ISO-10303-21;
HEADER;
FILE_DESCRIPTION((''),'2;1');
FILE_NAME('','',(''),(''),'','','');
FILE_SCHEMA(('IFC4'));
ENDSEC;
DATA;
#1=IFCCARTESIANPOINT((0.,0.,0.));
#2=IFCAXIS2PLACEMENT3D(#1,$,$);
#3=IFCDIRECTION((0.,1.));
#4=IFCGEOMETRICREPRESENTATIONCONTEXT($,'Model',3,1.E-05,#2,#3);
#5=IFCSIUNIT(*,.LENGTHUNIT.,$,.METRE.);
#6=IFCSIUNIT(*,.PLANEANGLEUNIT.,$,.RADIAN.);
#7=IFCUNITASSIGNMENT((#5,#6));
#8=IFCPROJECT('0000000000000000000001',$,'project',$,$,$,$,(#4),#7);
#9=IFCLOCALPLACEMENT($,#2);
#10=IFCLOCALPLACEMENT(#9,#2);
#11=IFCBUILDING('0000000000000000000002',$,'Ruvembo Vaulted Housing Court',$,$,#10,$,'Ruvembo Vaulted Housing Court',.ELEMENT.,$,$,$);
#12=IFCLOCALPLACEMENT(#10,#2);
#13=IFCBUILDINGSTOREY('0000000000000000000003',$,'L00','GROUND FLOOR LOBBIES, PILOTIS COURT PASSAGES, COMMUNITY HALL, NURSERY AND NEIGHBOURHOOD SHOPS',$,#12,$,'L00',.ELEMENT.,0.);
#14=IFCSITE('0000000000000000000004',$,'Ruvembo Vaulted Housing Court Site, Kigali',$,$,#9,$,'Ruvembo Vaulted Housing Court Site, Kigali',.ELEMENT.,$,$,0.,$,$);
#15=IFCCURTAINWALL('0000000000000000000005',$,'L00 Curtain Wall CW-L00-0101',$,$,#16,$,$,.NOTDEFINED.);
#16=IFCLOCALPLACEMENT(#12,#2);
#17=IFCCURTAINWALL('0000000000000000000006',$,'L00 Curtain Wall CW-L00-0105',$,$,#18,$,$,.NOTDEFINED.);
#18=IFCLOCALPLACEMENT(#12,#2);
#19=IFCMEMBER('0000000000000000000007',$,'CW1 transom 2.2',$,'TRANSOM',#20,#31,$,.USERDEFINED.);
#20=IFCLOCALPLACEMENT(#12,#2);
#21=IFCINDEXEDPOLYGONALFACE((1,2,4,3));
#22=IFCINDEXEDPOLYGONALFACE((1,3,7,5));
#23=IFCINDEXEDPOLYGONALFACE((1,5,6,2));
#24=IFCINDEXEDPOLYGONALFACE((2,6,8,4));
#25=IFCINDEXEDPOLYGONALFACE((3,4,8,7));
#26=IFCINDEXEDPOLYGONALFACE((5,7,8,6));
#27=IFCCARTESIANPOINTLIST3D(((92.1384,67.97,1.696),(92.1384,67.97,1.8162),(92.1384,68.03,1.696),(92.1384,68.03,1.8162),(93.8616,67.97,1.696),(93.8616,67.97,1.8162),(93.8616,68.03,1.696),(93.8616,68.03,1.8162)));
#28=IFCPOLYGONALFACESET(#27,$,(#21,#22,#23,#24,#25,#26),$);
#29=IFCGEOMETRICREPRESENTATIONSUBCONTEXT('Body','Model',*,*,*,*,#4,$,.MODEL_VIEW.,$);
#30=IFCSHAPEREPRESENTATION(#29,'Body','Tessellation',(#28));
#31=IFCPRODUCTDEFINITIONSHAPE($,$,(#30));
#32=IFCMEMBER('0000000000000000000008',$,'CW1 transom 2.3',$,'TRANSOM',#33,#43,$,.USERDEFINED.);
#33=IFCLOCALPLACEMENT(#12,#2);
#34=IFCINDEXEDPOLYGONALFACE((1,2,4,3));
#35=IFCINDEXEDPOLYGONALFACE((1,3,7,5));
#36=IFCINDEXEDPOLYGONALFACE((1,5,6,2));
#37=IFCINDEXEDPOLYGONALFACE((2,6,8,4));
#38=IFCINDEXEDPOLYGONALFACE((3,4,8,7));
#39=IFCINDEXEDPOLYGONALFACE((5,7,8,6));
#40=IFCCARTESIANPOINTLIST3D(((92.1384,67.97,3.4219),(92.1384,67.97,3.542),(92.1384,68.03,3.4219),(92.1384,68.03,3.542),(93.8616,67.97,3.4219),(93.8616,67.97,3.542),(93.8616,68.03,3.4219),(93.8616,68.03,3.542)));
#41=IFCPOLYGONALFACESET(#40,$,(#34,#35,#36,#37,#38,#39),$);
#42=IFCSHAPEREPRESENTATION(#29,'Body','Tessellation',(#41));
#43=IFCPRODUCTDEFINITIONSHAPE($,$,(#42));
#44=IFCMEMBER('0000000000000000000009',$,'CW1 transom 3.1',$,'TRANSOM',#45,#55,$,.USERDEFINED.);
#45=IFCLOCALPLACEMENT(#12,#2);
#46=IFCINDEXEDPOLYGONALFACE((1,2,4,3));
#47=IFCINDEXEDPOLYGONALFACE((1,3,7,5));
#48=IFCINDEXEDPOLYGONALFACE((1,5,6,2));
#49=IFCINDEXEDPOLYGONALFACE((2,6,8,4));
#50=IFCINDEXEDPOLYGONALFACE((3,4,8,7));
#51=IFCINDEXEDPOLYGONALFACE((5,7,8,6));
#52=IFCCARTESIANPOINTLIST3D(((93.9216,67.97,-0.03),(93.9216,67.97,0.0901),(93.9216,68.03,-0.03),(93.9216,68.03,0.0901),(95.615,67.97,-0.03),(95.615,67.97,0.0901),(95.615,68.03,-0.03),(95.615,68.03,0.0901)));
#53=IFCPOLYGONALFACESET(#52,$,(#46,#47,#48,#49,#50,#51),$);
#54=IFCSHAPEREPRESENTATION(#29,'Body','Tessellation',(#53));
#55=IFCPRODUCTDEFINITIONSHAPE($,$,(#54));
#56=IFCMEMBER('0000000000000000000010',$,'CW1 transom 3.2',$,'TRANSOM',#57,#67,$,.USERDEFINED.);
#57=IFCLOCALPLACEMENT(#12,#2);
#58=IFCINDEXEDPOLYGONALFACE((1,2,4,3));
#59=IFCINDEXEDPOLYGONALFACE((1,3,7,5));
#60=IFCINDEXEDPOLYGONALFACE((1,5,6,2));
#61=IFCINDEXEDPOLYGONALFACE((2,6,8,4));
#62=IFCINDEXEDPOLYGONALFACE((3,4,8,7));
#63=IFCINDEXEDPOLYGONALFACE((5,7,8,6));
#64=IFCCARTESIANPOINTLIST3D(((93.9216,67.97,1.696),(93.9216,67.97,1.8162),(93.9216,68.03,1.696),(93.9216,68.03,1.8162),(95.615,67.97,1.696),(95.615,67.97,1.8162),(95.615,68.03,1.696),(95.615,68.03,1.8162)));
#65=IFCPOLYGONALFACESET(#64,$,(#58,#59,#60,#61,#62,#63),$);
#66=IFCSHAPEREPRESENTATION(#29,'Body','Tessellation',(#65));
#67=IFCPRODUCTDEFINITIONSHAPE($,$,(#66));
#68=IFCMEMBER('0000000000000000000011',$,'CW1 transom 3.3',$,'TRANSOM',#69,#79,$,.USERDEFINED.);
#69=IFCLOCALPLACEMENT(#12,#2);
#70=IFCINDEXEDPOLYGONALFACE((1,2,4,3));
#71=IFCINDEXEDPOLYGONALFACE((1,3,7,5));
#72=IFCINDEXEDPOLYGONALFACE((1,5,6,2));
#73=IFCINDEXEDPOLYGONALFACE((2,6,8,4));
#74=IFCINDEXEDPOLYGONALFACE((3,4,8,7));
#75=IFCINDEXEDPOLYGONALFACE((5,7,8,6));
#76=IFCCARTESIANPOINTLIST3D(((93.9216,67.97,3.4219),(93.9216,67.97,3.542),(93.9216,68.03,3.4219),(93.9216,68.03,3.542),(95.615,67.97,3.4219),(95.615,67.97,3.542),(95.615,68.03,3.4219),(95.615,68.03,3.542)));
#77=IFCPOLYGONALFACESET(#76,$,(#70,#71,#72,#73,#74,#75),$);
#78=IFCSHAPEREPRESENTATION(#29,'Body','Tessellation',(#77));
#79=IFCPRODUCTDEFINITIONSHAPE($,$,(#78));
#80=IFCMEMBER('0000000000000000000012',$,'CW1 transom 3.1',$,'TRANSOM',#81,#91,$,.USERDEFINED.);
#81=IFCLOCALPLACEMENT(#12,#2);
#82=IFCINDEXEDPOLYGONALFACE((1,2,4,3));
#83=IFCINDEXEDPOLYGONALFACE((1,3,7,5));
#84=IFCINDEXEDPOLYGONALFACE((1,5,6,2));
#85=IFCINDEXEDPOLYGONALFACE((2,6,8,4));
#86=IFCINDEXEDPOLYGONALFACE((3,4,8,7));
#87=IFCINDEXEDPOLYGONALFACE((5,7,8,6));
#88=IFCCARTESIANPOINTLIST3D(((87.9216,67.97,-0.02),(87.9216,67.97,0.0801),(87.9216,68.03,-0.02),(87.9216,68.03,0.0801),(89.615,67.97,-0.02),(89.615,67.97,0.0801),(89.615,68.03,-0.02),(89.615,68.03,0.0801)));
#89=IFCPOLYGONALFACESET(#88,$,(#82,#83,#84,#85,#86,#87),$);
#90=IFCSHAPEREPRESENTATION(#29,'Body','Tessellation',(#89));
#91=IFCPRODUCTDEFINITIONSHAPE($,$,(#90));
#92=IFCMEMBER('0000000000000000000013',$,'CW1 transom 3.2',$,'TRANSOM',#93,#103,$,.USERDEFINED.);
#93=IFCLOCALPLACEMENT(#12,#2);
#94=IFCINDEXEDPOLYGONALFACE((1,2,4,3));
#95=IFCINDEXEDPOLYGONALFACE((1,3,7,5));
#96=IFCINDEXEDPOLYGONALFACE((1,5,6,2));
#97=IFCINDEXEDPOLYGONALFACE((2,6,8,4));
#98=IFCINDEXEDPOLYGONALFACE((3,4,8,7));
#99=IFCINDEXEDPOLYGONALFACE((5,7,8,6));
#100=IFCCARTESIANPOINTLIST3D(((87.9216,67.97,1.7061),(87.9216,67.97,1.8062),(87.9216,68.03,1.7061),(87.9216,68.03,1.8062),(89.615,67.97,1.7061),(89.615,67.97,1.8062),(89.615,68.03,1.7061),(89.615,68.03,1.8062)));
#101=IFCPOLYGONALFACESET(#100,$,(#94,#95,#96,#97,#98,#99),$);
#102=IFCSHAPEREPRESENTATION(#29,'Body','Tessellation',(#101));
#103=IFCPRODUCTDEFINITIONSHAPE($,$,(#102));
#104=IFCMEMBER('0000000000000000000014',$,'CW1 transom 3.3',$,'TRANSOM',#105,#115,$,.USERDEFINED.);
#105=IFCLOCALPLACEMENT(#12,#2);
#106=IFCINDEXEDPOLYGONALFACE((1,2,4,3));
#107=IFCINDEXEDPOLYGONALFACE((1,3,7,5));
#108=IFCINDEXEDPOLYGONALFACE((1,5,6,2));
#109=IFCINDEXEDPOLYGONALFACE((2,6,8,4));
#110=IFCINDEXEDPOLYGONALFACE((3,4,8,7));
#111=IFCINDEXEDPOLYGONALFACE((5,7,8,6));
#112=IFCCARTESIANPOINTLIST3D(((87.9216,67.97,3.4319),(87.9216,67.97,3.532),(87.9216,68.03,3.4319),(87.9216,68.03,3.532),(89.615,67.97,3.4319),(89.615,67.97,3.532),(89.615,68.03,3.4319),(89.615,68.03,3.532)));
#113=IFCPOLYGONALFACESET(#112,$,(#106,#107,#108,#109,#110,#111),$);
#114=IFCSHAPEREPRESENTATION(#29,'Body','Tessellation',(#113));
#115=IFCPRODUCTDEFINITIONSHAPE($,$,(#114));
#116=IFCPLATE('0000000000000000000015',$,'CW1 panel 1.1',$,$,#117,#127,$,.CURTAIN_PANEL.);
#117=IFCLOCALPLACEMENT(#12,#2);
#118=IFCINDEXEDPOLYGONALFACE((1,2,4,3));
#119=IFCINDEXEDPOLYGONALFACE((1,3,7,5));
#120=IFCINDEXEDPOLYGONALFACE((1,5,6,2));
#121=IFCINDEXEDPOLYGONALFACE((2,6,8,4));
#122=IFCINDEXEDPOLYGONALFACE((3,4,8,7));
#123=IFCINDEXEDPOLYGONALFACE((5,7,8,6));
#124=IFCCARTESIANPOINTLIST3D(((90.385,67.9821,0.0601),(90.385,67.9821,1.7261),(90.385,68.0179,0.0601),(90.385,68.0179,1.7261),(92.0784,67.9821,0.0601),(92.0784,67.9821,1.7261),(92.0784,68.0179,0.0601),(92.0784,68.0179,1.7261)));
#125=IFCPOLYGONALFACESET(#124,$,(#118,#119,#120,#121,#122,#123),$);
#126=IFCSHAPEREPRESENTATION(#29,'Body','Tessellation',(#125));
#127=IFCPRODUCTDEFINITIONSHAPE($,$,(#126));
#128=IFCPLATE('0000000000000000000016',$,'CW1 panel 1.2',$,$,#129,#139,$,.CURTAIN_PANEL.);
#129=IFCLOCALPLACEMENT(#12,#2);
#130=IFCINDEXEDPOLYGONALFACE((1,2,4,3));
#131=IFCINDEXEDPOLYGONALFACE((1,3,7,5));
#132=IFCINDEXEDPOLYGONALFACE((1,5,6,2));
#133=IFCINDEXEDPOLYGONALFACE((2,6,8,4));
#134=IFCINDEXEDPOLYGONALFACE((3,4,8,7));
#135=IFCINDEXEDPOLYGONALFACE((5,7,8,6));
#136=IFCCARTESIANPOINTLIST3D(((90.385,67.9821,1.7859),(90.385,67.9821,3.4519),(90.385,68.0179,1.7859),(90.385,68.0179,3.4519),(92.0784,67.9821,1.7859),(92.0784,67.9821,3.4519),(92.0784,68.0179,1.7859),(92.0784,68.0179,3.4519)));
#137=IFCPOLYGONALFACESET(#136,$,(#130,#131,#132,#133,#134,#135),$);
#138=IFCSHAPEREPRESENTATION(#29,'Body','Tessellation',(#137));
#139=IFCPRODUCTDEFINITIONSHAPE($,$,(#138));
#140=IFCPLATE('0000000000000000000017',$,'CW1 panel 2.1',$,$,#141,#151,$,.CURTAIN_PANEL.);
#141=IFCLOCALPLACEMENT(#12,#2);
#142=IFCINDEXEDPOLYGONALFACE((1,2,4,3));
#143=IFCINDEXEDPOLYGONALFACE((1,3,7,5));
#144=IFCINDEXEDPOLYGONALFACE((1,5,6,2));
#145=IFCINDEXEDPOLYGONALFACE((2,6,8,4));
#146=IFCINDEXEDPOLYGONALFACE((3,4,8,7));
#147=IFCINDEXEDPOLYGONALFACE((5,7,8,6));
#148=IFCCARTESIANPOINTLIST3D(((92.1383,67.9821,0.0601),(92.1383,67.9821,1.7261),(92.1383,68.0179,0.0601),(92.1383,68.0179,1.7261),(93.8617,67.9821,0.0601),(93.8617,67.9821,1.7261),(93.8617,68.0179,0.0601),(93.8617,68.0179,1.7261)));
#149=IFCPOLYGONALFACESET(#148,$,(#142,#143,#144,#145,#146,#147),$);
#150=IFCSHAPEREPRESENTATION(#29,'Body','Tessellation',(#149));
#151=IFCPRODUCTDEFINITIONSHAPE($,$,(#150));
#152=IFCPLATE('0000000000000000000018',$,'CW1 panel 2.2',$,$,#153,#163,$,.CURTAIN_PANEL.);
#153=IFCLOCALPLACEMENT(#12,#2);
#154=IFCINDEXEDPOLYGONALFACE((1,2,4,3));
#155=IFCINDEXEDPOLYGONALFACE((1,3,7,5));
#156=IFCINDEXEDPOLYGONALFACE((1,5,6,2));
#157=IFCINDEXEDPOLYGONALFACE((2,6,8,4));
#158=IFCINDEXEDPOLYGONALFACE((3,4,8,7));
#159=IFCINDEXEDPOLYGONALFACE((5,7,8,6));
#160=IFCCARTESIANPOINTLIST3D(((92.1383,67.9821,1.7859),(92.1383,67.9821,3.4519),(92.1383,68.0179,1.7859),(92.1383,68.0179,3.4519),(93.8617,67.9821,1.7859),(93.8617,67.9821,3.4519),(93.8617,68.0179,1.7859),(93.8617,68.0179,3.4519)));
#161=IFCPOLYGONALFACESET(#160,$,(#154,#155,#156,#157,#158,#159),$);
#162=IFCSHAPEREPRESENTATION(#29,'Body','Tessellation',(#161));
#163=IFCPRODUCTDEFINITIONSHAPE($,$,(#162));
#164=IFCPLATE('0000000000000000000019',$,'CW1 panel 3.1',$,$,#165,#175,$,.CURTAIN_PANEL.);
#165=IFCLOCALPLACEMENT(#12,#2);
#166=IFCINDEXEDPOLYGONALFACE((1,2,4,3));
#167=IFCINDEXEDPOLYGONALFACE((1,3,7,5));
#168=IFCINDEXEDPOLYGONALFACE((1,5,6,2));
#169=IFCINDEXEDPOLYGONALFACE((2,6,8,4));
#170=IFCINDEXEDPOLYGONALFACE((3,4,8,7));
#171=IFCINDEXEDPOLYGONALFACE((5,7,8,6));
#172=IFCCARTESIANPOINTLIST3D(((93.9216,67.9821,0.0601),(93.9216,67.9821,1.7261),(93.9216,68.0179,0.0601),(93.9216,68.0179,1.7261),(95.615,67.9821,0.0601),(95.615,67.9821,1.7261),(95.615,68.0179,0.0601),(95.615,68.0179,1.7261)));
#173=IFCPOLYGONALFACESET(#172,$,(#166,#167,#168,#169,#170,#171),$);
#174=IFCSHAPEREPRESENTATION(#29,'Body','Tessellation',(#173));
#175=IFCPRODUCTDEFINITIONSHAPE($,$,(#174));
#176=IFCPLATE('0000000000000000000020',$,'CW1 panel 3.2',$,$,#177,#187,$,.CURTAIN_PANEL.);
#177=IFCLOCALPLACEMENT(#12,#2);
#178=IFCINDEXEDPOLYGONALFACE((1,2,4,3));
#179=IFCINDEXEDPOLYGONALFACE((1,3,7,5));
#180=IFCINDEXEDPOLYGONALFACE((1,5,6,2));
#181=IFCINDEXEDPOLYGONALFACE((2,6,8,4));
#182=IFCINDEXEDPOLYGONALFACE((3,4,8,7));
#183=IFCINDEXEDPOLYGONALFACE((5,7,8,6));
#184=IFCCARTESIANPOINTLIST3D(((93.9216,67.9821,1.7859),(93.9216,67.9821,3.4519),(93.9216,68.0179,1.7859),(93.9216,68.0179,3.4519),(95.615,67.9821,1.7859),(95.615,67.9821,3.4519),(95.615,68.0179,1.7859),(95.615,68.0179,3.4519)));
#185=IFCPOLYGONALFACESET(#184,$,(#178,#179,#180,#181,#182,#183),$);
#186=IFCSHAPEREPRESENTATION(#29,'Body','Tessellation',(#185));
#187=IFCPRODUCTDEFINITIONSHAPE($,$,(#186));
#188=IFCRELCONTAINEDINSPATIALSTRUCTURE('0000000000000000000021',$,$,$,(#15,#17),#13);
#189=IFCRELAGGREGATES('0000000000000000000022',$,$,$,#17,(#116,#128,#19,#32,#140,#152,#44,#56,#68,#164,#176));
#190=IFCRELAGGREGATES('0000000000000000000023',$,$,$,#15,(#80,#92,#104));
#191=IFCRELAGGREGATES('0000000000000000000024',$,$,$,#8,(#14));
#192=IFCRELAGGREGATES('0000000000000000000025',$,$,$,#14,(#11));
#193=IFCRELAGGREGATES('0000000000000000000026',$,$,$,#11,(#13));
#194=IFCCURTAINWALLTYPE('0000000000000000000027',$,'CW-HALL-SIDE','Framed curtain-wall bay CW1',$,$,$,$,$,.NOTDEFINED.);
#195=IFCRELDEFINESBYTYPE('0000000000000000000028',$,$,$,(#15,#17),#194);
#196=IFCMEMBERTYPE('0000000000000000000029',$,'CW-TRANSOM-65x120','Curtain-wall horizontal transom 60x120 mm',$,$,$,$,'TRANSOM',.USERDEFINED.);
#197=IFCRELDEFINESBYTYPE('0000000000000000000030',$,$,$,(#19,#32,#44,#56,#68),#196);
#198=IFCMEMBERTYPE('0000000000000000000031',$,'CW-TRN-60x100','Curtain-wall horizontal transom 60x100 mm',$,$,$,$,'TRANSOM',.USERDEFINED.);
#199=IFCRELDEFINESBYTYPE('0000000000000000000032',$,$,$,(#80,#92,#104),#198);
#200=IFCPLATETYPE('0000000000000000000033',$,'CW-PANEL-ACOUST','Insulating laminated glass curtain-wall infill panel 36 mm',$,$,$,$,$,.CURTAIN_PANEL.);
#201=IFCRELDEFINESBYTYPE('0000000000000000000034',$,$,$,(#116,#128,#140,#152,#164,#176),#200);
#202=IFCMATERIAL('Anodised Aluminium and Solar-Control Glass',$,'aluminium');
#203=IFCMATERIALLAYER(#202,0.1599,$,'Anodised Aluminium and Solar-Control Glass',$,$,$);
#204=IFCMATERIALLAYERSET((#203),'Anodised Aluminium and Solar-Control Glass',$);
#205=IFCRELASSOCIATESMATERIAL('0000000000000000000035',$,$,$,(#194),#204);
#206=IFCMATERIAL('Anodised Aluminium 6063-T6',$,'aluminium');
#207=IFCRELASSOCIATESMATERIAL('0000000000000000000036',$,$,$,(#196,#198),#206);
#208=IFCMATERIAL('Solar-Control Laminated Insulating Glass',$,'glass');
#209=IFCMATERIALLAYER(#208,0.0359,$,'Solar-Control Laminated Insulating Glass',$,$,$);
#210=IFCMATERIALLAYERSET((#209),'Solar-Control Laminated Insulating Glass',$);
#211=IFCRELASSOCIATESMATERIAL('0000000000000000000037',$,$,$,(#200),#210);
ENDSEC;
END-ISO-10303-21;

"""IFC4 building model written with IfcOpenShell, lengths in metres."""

from ifc_helpers import new_model, si_unit, direction, frame, origin, origin_2d, place, context, subcontext, project, spatial, rectangle, extrude, material, layer, layer_set, material_profile, profile_set, type_object, element, aggregate, save


model = new_model("IFC4")

# Units and contexts
model_context = context("Model", 3, precision=1e-05, world=origin(), true_north=direction((0.0, 1.0)))
body_context = subcontext(model_context, "Body", "Model", "MODEL_VIEW")
ifc_project = project(units=[si_unit("LENGTHUNIT", "METRE"), si_unit("PLANEANGLEUNIT", "RADIAN")], contexts=[model_context])

# Site, building, storey
site_placement = place(None, origin())
site = spatial("IfcSite", under=ifc_project, at=site_placement, Name="Ruvembo Vaulted Housing Court Site, Kigali", LongName="Ruvembo Vaulted Housing Court Site, Kigali", CompositionType="ELEMENT", RefElevation=0.0)
building_placement = place(site_placement, origin())
building = spatial("IfcBuilding", under=site, at=building_placement, Name="Ruvembo Vaulted Housing Court", LongName="Ruvembo Vaulted Housing Court", CompositionType="ELEMENT")
storey_placement = place(building_placement, origin())
storey = spatial("IfcBuildingStorey", under=building, at=storey_placement, Name="L00", Description="GROUND FLOOR LOBBIES, PILOTIS COURT PASSAGES, COMMUNITY HALL, NURSERY AND NEIGHBOURHOOD SHOPS", LongName="L00", CompositionType="ELEMENT", Elevation=0.0)

# Curtain walls, members
ifc_material_1 = material(Name="Anodised Aluminium and Solar-Control Glass", Category="aluminium")
ifc_layer_1 = layer(ifc_material_1, 0.1599, Name="Anodised Aluminium and Solar-Control Glass")
ifc_layer_set_1 = layer_set([ifc_layer_1], Name="Anodised Aluminium and Solar-Control Glass")
curtain_wall_type = type_object("IfcCurtainWallType", Name="CW-HALL-SIDE", Description="Framed curtain-wall bay CW1", PredefinedType="NOTDEFINED", material=ifc_layer_set_1)
curtain_wall_1_placement = place(storey_placement, origin())
curtain_wall_1 = element("IfcCurtainWall", 1, at=curtain_wall_1_placement, inside=storey, type_object=curtain_wall_type, Name="L00 Curtain Wall CW-L00-0101", PredefinedType="NOTDEFINED")
ifc_material_2 = material(Name="Anodised Aluminium 6063-T6", Category="aluminium")
curtain_wall_2_placement = place(storey_placement, origin())
curtain_wall_2 = element("IfcCurtainWall", 2, at=curtain_wall_2_placement, inside=storey, type_object=curtain_wall_type, Name="L00 Curtain Wall CW-L00-0105", PredefinedType="NOTDEFINED")
ifc_material_profile_1 = material_profile(ifc_material_2, rectangle(XDim=0.0601, YDim=0.1201, at=origin_2d()), Name="ALU 60x120")
ifc_profile_set_1 = profile_set([ifc_material_profile_1], Name="Anodised Aluminium 6063-T6")
member_type_1 = type_object("IfcMemberType", Name="CW-TRANSOM-65x120", Description="Curtain-wall horizontal transom 60x120 mm", ElementType="TRANSOM", PredefinedType="USERDEFINED", material=ifc_profile_set_1)
member_1_placement = place(storey_placement, frame((92.1384, 68.0, 1.7561), z_axis=(1.0, 0.0, 0.0), x_axis=(0.0, 1.0, 0.0)))
member_1 = element("IfcMember", 3, at=member_1_placement, type_object=member_type_1, Name="CW1 transom 2.2", ObjectType="TRANSOM", PredefinedType="USERDEFINED", context=body_context, shape_type="SweptSolid", body=[
    extrude(rectangle(XDim=0.0601, YDim=0.1201, at=origin_2d()), origin(), (0.0, 0.0, 1.0), 1.7231),
])
member_2_placement = place(storey_placement, frame((92.1384, 68.0, 3.4819), z_axis=(1.0, 0.0, 0.0), x_axis=(0.0, 1.0, 0.0)))
member_2 = element("IfcMember", 4, at=member_2_placement, type_object=member_type_1, Name="CW1 transom 2.3", ObjectType="TRANSOM", PredefinedType="USERDEFINED", context=body_context, shape_type="SweptSolid", body=[
    extrude(rectangle(XDim=0.0601, YDim=0.1201, at=origin_2d()), origin(), (0.0, 0.0, 1.0), 1.7231),
])
member_3_placement = place(storey_placement, frame((93.9216, 68.0, 0.03), z_axis=(1.0, 0.0, 0.0), x_axis=(0.0, 1.0, 0.0)))
member_3 = element("IfcMember", 5, at=member_3_placement, type_object=member_type_1, Name="CW1 transom 3.1", ObjectType="TRANSOM", PredefinedType="USERDEFINED", context=body_context, shape_type="SweptSolid", body=[
    extrude(rectangle(XDim=0.0601, YDim=0.1201, at=origin_2d()), origin(), (0.0, 0.0, 1.0), 1.6934),
])
member_4_placement = place(storey_placement, frame((93.9216, 68.0, 1.7561), z_axis=(1.0, 0.0, 0.0), x_axis=(0.0, 1.0, 0.0)))
member_4 = element("IfcMember", 6, at=member_4_placement, type_object=member_type_1, Name="CW1 transom 3.2", ObjectType="TRANSOM", PredefinedType="USERDEFINED", context=body_context, shape_type="SweptSolid", body=[
    extrude(rectangle(XDim=0.0601, YDim=0.1201, at=origin_2d()), origin(), (0.0, 0.0, 1.0), 1.6934),
])
member_5_placement = place(storey_placement, frame((93.9216, 68.0, 3.4819), z_axis=(1.0, 0.0, 0.0), x_axis=(0.0, 1.0, 0.0)))
member_5 = element("IfcMember", 7, at=member_5_placement, type_object=member_type_1, Name="CW1 transom 3.3", ObjectType="TRANSOM", PredefinedType="USERDEFINED", context=body_context, shape_type="SweptSolid", body=[
    extrude(rectangle(XDim=0.0601, YDim=0.1201, at=origin_2d()), origin(), (0.0, 0.0, 1.0), 1.6934),
])

# Members
ifc_material_profile_2 = material_profile(ifc_material_2, rectangle(XDim=0.0601, YDim=0.1001, at=origin_2d()), Name="ALU 60x100")
ifc_profile_set_2 = profile_set([ifc_material_profile_2], Name="Anodised Aluminium 6063-T6")
member_type_2 = type_object("IfcMemberType", Name="CW-TRN-60x100", Description="Curtain-wall horizontal transom 60x100 mm", ElementType="TRANSOM", PredefinedType="USERDEFINED", material=ifc_profile_set_2)
member_6_placement = place(storey_placement, frame((87.9216, 68.0, 0.03), z_axis=(1.0, 0.0, 0.0), x_axis=(0.0, 1.0, 0.0)))
member_6 = element("IfcMember", 8, at=member_6_placement, type_object=member_type_2, Name="CW1 transom 3.1", ObjectType="TRANSOM", PredefinedType="USERDEFINED", context=body_context, shape_type="SweptSolid", body=[
    extrude(rectangle(XDim=0.0601, YDim=0.1001, at=origin_2d()), origin(), (0.0, 0.0, 1.0), 1.6934),
])
member_7_placement = place(storey_placement, frame((87.9216, 68.0, 1.7561), z_axis=(1.0, 0.0, 0.0), x_axis=(0.0, 1.0, 0.0)))
member_7 = element("IfcMember", 9, at=member_7_placement, type_object=member_type_2, Name="CW1 transom 3.2", ObjectType="TRANSOM", PredefinedType="USERDEFINED", context=body_context, shape_type="SweptSolid", body=[
    extrude(rectangle(XDim=0.0601, YDim=0.1001, at=origin_2d()), origin(), (0.0, 0.0, 1.0), 1.6934),
])
member_8_placement = place(storey_placement, frame((87.9216, 68.0, 3.4819), z_axis=(1.0, 0.0, 0.0), x_axis=(0.0, 1.0, 0.0)))
member_8 = element("IfcMember", 10, at=member_8_placement, type_object=member_type_2, Name="CW1 transom 3.3", ObjectType="TRANSOM", PredefinedType="USERDEFINED", context=body_context, shape_type="SweptSolid", body=[
    extrude(rectangle(XDim=0.0601, YDim=0.1001, at=origin_2d()), origin(), (0.0, 0.0, 1.0), 1.6934),
])

# Plates
ifc_material_3 = material(Name="Solar-Control Laminated Insulating Glass", Category="glass")
ifc_layer_2 = layer(ifc_material_3, 0.0359, Name="Solar-Control Laminated Insulating Glass")
ifc_layer_set_2 = layer_set([ifc_layer_2], Name="Solar-Control Laminated Insulating Glass")
plate_type_1 = type_object("IfcPlateType", Name="CW-PANEL-ACOUST", Description="Insulating laminated glass curtain-wall infill panel 36 mm", PredefinedType="CURTAIN_PANEL", material=ifc_layer_set_2)
plate_1_placement = place(storey_placement, frame((91.2317, 68.0, 0.0601), z_axis=(0.0, 0.0, 1.0), x_axis=(1.0, 0.0, 0.0)))
plate_1 = element("IfcPlate", 11, at=plate_1_placement, type_object=plate_type_1, Name="CW1 panel 1.1", PredefinedType="CURTAIN_PANEL", context=body_context, shape_type="SweptSolid", body=[
    extrude(rectangle(XDim=1.6934, YDim=0.0359, at=origin_2d()), origin(), (0.0, 0.0, 1.0), 1.666),
])
plate_2_placement = place(storey_placement, frame((91.2317, 68.0, 1.7859), z_axis=(0.0, 0.0, 1.0), x_axis=(1.0, 0.0, 0.0)))
plate_2 = element("IfcPlate", 12, at=plate_2_placement, type_object=plate_type_1, Name="CW1 panel 1.2", PredefinedType="CURTAIN_PANEL", context=body_context, shape_type="SweptSolid", body=[
    extrude(rectangle(XDim=1.6934, YDim=0.0359, at=origin_2d()), origin(), (0.0, 0.0, 1.0), 1.666),
])
plate_3_placement = place(storey_placement, frame((93.0, 68.0, 0.0601), z_axis=(0.0, 0.0, 1.0), x_axis=(1.0, 0.0, 0.0)))
plate_3 = element("IfcPlate", 13, at=plate_3_placement, type_object=plate_type_1, Name="CW1 panel 2.1", PredefinedType="CURTAIN_PANEL", context=body_context, shape_type="SweptSolid", body=[
    extrude(rectangle(XDim=1.7234, YDim=0.0359, at=origin_2d()), origin(), (0.0, 0.0, 1.0), 1.666),
])
plate_4_placement = place(storey_placement, frame((93.0, 68.0, 1.7859), z_axis=(0.0, 0.0, 1.0), x_axis=(1.0, 0.0, 0.0)))
plate_4 = element("IfcPlate", 14, at=plate_4_placement, type_object=plate_type_1, Name="CW1 panel 2.2", PredefinedType="CURTAIN_PANEL", context=body_context, shape_type="SweptSolid", body=[
    extrude(rectangle(XDim=1.7234, YDim=0.0359, at=origin_2d()), origin(), (0.0, 0.0, 1.0), 1.666),
])
plate_5_placement = place(storey_placement, frame((94.7683, 68.0, 0.0601), z_axis=(0.0, 0.0, 1.0), x_axis=(1.0, 0.0, 0.0)))
plate_5 = element("IfcPlate", 15, at=plate_5_placement, type_object=plate_type_1, Name="CW1 panel 3.1", PredefinedType="CURTAIN_PANEL", context=body_context, shape_type="SweptSolid", body=[
    extrude(rectangle(XDim=1.6934, YDim=0.0359, at=origin_2d()), origin(), (0.0, 0.0, 1.0), 1.666),
])
plate_6_placement = place(storey_placement, frame((94.7683, 68.0, 1.7859), z_axis=(0.0, 0.0, 1.0), x_axis=(1.0, 0.0, 0.0)))
plate_6 = element("IfcPlate", 16, at=plate_6_placement, type_object=plate_type_1, Name="CW1 panel 3.2", PredefinedType="CURTAIN_PANEL", context=body_context, shape_type="SweptSolid", body=[
    extrude(rectangle(XDim=1.6934, YDim=0.0359, at=origin_2d()), origin(), (0.0, 0.0, 1.0), 1.666),
])
aggregate(curtain_wall_2, [plate_1, plate_2, member_1, member_2, plate_3, plate_4, member_3, member_4, member_5, plate_5, plate_6])
aggregate(curtain_wall_1, [member_6, member_7, member_8])

save(model, "model.ifc")
